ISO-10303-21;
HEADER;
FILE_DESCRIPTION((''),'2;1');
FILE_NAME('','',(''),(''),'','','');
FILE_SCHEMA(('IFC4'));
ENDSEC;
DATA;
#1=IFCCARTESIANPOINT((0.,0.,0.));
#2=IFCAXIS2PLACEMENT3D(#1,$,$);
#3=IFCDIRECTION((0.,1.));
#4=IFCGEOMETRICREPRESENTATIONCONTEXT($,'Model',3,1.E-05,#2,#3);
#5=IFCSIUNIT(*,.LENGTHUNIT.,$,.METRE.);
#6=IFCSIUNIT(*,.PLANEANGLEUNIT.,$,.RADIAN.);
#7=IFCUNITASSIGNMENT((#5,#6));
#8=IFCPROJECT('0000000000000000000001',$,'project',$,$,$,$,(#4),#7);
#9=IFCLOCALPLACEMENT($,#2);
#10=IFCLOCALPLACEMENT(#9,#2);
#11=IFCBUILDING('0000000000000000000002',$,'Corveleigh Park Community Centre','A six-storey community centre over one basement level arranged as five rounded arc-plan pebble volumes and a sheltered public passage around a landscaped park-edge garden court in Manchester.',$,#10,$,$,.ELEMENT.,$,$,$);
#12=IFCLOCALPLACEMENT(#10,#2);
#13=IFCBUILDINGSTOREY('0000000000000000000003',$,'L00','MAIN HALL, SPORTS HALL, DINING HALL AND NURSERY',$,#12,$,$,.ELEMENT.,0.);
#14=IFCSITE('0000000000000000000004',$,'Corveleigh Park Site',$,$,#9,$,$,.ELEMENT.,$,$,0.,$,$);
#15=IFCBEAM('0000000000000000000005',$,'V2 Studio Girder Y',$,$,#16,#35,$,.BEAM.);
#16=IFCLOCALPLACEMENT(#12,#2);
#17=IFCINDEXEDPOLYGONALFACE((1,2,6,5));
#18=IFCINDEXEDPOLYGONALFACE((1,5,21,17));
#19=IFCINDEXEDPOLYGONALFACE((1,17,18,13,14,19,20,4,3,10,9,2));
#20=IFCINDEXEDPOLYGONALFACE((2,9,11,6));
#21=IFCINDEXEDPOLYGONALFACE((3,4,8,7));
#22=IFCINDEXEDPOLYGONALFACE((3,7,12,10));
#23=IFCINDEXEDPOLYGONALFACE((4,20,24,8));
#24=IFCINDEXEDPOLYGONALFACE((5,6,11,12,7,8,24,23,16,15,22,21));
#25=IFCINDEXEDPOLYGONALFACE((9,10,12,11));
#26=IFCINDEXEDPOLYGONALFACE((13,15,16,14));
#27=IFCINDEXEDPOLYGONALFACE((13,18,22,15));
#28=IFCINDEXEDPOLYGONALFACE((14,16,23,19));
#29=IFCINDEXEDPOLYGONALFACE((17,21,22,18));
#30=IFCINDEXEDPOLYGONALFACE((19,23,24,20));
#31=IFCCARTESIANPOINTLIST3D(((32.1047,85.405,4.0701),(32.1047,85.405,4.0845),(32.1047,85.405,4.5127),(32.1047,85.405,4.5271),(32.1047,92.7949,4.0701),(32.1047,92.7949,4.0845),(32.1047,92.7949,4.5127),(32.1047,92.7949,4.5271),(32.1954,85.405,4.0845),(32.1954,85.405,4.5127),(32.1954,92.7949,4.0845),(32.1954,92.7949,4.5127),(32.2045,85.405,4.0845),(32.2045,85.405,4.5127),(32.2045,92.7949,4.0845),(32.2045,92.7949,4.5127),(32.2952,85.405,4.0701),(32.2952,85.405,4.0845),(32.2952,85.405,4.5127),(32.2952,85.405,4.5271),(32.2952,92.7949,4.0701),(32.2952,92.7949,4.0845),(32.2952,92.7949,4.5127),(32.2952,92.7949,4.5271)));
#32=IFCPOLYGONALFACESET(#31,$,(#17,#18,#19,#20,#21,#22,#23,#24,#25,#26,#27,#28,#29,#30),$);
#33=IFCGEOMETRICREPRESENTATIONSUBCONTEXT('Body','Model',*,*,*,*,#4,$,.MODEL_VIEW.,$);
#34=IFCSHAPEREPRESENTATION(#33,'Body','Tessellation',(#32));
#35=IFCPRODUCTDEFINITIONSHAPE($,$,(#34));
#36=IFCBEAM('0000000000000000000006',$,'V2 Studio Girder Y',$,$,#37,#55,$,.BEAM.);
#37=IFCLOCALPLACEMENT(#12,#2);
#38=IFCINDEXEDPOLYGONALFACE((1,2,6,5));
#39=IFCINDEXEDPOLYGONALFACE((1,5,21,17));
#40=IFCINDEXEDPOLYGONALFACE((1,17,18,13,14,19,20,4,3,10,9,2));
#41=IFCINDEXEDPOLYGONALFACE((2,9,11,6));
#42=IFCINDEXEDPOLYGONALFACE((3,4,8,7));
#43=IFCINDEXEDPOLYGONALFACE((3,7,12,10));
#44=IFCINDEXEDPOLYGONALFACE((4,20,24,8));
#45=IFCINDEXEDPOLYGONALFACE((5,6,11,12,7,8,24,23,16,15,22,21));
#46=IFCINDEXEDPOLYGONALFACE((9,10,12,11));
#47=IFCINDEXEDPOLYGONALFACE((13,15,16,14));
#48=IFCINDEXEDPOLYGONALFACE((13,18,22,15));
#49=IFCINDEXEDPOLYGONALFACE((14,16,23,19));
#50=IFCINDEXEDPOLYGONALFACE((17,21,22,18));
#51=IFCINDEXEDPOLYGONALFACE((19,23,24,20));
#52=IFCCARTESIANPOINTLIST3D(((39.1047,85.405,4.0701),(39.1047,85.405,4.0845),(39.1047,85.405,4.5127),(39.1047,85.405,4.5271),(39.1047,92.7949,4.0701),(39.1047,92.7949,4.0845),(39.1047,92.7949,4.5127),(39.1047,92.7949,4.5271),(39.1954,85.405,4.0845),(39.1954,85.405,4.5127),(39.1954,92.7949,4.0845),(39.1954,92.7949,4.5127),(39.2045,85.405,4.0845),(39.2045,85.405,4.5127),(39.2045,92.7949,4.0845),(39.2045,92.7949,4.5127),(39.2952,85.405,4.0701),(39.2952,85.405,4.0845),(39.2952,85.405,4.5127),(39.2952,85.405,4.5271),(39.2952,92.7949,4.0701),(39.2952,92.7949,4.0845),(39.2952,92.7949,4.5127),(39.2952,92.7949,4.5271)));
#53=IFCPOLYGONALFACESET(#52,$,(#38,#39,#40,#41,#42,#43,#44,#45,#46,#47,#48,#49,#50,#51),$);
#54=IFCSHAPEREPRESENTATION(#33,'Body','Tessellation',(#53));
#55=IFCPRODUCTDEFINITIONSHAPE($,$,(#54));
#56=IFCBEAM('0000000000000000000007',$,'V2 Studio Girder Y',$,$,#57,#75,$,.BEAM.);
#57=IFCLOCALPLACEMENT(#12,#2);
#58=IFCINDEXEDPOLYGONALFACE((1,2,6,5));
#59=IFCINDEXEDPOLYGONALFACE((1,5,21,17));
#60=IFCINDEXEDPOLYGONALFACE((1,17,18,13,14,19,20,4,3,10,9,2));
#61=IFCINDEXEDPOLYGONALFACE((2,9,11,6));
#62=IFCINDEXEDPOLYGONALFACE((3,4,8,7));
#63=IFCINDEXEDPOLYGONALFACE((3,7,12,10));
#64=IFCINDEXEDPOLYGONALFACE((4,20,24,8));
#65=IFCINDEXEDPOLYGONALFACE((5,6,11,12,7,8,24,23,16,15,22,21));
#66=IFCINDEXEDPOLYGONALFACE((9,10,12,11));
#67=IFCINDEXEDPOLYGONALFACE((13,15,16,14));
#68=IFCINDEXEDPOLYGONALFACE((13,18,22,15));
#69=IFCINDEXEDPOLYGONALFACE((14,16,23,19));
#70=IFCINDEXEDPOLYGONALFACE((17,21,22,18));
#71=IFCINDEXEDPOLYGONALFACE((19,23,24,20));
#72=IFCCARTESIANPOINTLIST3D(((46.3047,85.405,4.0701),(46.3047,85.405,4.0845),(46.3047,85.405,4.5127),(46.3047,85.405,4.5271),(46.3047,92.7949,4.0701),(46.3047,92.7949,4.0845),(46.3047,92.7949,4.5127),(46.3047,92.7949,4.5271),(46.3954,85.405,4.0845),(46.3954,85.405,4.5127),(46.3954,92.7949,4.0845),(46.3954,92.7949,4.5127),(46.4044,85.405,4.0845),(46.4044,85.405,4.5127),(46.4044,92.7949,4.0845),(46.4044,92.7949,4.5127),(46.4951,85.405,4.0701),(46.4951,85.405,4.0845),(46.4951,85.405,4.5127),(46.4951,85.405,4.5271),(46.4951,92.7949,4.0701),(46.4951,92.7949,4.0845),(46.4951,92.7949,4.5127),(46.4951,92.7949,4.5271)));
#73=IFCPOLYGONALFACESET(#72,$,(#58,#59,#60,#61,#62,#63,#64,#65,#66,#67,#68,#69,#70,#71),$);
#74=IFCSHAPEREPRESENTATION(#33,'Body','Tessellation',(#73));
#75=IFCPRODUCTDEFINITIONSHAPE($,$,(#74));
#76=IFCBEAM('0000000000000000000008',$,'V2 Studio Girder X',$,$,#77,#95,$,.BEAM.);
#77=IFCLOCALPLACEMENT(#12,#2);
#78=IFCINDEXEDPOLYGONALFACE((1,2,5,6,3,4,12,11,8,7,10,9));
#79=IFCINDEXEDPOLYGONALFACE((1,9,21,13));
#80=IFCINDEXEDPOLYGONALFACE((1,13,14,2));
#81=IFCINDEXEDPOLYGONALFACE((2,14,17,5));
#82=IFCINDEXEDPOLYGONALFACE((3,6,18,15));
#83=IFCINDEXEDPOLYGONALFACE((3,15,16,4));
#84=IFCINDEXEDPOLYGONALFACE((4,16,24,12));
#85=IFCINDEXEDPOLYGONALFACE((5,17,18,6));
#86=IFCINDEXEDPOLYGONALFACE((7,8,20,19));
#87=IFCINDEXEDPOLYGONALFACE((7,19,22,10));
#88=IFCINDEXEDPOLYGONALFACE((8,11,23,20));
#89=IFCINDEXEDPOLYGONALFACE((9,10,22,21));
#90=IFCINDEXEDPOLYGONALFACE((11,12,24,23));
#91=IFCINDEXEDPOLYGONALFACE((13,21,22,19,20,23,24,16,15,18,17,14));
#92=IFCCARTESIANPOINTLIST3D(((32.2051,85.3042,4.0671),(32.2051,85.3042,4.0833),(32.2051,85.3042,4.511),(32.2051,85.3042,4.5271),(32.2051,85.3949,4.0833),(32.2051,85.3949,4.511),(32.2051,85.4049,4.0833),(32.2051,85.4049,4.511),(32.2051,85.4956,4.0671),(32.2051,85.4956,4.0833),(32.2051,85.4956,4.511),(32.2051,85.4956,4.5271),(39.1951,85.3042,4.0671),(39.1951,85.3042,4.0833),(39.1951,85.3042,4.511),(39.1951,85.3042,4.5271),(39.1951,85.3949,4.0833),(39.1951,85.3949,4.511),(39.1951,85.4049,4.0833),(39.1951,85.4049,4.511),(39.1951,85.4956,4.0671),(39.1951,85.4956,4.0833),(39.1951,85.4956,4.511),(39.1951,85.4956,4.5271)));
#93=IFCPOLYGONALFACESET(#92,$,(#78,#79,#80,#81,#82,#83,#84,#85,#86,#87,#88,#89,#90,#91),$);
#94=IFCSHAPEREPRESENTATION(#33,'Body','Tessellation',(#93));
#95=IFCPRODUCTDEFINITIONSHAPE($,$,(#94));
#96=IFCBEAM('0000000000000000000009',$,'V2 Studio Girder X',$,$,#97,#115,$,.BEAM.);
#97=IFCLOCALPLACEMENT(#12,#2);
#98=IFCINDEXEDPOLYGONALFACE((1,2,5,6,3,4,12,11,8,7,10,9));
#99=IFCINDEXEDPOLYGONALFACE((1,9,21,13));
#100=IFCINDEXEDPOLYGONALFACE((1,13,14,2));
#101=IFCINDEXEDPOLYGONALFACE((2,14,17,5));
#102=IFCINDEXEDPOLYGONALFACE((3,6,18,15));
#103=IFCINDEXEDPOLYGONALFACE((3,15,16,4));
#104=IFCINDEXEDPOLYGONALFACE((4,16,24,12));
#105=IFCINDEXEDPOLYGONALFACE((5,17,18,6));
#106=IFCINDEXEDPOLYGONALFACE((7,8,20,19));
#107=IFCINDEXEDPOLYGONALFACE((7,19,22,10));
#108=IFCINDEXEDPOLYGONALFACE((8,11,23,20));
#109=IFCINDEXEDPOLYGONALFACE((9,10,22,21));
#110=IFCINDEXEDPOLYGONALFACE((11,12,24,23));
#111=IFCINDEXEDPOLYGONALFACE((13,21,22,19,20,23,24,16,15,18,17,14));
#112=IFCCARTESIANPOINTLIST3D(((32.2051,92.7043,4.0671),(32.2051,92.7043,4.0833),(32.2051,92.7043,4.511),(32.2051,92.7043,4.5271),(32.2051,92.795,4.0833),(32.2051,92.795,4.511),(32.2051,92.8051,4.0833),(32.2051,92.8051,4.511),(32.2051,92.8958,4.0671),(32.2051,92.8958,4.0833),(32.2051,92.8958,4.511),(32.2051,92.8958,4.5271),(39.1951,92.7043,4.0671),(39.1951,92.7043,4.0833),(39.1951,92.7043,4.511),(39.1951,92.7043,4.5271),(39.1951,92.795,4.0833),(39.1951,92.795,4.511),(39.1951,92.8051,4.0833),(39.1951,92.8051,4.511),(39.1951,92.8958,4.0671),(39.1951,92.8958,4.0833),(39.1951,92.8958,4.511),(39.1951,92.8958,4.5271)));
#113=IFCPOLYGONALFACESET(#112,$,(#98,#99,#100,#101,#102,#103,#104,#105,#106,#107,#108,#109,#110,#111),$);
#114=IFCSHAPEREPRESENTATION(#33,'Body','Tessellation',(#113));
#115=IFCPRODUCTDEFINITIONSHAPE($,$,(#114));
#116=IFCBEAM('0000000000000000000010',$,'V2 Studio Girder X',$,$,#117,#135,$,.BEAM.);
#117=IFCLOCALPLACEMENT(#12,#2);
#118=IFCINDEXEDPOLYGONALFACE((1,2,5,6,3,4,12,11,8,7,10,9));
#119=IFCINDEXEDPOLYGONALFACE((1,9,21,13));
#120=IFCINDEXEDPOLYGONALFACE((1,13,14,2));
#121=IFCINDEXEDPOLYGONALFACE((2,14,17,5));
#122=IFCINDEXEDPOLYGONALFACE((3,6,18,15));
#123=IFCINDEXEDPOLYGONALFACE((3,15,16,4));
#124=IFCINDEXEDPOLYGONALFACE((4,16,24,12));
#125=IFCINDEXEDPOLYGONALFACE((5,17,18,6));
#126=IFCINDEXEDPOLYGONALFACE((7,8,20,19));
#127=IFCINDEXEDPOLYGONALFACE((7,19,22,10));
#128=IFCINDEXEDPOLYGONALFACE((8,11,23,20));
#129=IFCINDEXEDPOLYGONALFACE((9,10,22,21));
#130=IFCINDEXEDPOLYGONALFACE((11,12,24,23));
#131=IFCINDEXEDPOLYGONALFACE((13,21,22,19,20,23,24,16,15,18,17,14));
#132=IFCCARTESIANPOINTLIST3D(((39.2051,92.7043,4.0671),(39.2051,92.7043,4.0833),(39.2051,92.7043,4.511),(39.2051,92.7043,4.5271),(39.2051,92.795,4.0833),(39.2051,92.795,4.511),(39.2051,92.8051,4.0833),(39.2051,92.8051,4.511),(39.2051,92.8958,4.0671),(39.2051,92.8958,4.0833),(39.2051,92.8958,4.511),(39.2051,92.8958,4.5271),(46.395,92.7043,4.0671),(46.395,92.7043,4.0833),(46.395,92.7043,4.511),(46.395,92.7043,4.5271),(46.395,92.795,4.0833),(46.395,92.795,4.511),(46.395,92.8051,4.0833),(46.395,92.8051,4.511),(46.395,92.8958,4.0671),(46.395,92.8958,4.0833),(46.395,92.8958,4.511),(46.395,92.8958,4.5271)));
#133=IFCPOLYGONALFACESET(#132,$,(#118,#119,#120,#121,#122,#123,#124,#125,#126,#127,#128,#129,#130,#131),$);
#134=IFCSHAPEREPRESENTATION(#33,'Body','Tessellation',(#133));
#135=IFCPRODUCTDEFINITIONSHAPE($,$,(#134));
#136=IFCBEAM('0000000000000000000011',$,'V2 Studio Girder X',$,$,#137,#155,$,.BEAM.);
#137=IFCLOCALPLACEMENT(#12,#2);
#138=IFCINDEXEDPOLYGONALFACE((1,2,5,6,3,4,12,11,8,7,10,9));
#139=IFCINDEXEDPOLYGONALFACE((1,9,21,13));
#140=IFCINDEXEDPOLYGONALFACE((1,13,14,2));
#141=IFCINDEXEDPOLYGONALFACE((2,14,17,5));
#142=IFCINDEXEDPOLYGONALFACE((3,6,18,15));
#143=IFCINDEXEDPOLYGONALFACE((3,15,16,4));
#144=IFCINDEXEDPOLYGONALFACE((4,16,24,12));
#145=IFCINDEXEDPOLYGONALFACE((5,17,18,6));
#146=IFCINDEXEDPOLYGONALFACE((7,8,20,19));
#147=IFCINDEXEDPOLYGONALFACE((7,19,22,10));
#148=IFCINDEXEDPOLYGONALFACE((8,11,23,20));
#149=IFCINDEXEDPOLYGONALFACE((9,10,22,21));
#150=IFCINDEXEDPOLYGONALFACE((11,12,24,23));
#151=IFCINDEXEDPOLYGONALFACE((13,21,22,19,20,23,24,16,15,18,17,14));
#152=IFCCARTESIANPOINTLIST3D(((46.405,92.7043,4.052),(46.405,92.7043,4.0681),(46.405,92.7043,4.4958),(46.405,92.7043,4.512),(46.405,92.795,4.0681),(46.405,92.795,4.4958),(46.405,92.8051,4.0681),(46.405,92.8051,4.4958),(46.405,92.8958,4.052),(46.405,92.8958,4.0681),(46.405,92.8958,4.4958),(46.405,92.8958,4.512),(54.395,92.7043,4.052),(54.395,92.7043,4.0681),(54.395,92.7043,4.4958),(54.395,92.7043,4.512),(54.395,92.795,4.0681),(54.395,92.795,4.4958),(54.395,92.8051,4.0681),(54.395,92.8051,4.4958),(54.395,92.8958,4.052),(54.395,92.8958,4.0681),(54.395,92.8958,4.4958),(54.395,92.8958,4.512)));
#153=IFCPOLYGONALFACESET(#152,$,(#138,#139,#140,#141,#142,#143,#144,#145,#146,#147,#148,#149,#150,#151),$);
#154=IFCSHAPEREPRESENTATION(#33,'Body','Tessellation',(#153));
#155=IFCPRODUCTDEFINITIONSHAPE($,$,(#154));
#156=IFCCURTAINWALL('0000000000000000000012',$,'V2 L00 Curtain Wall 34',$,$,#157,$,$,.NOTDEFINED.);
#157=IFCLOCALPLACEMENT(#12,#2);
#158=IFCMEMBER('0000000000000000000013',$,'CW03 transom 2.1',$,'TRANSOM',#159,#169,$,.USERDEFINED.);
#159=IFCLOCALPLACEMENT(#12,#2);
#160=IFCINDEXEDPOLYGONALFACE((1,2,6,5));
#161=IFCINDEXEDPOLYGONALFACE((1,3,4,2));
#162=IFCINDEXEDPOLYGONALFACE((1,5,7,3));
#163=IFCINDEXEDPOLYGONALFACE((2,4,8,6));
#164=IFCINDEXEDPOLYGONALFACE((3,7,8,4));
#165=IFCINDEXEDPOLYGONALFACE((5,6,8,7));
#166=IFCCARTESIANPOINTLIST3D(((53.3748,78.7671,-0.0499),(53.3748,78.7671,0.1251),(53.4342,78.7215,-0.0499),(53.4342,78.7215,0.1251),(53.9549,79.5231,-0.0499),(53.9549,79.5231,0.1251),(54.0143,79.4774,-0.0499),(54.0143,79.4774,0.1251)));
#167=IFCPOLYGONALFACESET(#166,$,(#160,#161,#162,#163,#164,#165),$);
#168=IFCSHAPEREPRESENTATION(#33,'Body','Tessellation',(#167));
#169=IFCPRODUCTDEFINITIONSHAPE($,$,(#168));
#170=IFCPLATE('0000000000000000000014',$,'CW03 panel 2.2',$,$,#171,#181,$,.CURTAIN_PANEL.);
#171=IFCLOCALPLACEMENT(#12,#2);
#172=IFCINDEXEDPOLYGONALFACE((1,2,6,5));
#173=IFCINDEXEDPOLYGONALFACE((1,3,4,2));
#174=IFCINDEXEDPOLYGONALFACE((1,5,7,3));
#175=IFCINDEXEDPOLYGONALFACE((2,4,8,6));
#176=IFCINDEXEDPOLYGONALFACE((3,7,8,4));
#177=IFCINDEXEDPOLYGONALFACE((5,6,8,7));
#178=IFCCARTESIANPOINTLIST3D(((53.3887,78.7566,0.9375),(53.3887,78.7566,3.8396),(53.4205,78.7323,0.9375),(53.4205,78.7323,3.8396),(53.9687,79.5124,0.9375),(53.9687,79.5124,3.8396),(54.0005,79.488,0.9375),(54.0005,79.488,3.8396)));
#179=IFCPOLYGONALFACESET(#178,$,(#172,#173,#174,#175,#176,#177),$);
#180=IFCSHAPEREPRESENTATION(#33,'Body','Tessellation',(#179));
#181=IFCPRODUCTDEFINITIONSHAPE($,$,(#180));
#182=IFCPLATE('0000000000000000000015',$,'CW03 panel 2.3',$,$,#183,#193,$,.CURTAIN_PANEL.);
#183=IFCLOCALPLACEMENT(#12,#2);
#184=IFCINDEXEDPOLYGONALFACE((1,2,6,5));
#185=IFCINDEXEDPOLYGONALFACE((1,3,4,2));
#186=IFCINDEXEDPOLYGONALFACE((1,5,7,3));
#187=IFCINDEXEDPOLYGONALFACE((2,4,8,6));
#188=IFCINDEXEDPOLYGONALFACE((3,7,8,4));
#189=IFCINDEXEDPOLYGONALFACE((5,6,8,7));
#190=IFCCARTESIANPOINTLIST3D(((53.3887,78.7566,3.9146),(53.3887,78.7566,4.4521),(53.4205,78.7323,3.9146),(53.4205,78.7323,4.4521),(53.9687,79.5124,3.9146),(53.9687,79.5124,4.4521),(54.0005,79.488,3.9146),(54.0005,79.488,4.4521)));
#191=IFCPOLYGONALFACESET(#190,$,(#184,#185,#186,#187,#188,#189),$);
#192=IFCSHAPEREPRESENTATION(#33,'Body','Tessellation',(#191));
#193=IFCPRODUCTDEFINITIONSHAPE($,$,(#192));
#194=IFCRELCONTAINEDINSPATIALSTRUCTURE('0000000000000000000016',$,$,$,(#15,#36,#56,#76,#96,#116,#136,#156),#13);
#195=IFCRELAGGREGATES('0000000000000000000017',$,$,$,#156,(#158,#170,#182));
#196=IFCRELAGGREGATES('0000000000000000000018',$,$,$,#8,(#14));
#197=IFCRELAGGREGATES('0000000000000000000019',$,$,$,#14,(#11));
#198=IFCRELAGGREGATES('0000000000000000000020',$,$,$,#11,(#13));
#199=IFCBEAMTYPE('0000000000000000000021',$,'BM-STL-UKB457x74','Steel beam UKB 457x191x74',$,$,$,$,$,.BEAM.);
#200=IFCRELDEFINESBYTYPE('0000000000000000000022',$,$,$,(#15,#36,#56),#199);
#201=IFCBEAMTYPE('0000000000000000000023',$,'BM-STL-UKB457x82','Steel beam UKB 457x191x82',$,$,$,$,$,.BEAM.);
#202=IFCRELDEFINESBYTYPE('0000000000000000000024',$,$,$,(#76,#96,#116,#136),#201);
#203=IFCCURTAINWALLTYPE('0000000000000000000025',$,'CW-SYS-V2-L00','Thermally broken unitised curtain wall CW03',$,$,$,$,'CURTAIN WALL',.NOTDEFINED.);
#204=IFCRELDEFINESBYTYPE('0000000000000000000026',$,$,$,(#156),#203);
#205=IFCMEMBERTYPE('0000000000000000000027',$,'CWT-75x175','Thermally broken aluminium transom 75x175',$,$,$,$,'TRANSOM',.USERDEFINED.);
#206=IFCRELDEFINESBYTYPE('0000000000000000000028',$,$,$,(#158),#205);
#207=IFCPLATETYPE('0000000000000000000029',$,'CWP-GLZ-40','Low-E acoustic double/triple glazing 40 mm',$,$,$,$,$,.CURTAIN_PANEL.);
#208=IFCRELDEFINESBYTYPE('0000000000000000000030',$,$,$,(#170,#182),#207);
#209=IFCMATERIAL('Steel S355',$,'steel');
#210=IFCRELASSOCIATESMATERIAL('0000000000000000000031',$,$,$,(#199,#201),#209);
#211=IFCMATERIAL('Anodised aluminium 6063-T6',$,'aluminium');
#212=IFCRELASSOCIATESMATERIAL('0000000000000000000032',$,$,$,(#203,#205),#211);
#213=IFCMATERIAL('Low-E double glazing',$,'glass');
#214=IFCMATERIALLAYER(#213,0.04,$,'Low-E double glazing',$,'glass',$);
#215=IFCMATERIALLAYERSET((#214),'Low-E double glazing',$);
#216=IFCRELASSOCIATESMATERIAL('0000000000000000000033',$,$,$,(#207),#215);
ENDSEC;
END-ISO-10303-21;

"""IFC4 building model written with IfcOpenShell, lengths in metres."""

from ifc_helpers import new_model, si_unit, direction, frame, origin, origin_2d, place, context, subcontext, project, spatial, rectangle, i_section, extrude, material, layer, layer_set, material_profile, profile_set, type_object, element, aggregate, save


model = new_model("IFC4")

# Units and contexts
model_context = context("Model", 3, precision=1e-05, world=origin(), true_north=direction((0.0, 1.0)))
body_context = subcontext(model_context, "Body", "Model", "MODEL_VIEW")
ifc_project = project(units=[si_unit("LENGTHUNIT", "METRE"), si_unit("PLANEANGLEUNIT", "RADIAN")], contexts=[model_context])

# Site, building, storey
site_placement = place(None, origin())
site = spatial("IfcSite", under=ifc_project, at=site_placement, Name="Corveleigh Park Site", CompositionType="ELEMENT", RefElevation=0.0)
building_placement = place(site_placement, origin())
building = spatial("IfcBuilding", under=site, at=building_placement, Name="Corveleigh Park Community Centre", Description="A six-storey community centre over one basement level arranged as five rounded arc-plan pebble volumes and a sheltered public passage around a landscaped park-edge garden court in Manchester.", CompositionType="ELEMENT")
storey_placement = place(building_placement, origin())
storey = spatial("IfcBuildingStorey", under=building, at=storey_placement, Name="L00", Description="MAIN HALL, SPORTS HALL, DINING HALL AND NURSERY", CompositionType="ELEMENT", Elevation=0.0)

# Shared definitions
ifc_material_1 = material(Name="Steel S355", Category="steel")

# Beams
ifc_material_profile_1 = material_profile(ifc_material_1, i_section(OverallWidth=0.1904, OverallDepth=0.457, WebThickness=0.009, FlangeThickness=0.0144, at=origin_2d()), Name="UKB 457x191x74", Category="steel")
ifc_profile_set_1 = profile_set([ifc_material_profile_1], Name="Steel S355")
beam_type_1 = type_object("IfcBeamType", Name="BM-STL-UKB457x74", Description="Steel beam UKB 457x191x74", PredefinedType="BEAM", material=ifc_profile_set_1)
for number, where, z_axis, x_axis, name in (
    (1, (32.2, 85.405, 4.2986), (0.0, 1.0, 0.0), (-1.0, 0.0, 0.0), "V2 Studio Girder Y"),
    (2, (39.2, 85.405, 4.2986), (0.0, 1.0, 0.0), (-1.0, 0.0, 0.0), "V2 Studio Girder Y"),
    (3, (46.3999, 85.405, 4.2986), (0.0, 1.0, 0.0), (-1.0, 0.0, 0.0), "V2 Studio Girder Y"),
):
    element("IfcBeam", number, at=place(storey_placement, frame(where, z_axis=z_axis, x_axis=x_axis)), inside=storey, type_object=beam_type_1, Name=name, PredefinedType="BEAM", context=body_context, shape_type="SweptSolid", body=[
        extrude(i_section(OverallWidth=0.1904, OverallDepth=0.457, WebThickness=0.009, FlangeThickness=0.0144, at=origin_2d()), origin(), (0.0, 0.0, 1.0), 7.3899),
    ])
ifc_material_profile_2 = material_profile(ifc_material_1, i_section(OverallWidth=0.1914, OverallDepth=0.46, WebThickness=0.01, FlangeThickness=0.0161, at=origin_2d()), Name="UKB 457x191x82", Category="steel")
ifc_profile_set_2 = profile_set([ifc_material_profile_2], Name="Steel S355")
beam_type_2 = type_object("IfcBeamType", Name="BM-STL-UKB457x82", Description="Steel beam UKB 457x191x82", PredefinedType="BEAM", material=ifc_profile_set_2)
for number, where, z_axis, x_axis, name in (
    (4, (32.2051, 85.3999, 4.2971), (1.0, 0.0, 0.0), (0.0, 1.0, 0.0), "V2 Studio Girder X"),
    (5, (32.2051, 92.8, 4.2971), (1.0, 0.0, 0.0), (0.0, 1.0, 0.0), "V2 Studio Girder X"),
):
    element("IfcBeam", number, at=place(storey_placement, frame(where, z_axis=z_axis, x_axis=x_axis)), inside=storey, type_object=beam_type_2, Name=name, PredefinedType="BEAM", context=body_context, shape_type="SweptSolid", body=[
        extrude(i_section(OverallWidth=0.1914, OverallDepth=0.46, WebThickness=0.01, FlangeThickness=0.0161, at=origin_2d()), origin(), (0.0, 0.0, 1.0), 6.99),
    ])
beam_1_placement = place(storey_placement, frame((39.2051, 92.8, 4.2971), z_axis=(1.0, 0.0, 0.0), x_axis=(0.0, 1.0, 0.0)))
element("IfcBeam", 6, at=beam_1_placement, inside=storey, type_object=beam_type_2, Name="V2 Studio Girder X", PredefinedType="BEAM", context=body_context, shape_type="SweptSolid", body=[
    extrude(i_section(OverallWidth=0.1914, OverallDepth=0.46, WebThickness=0.01, FlangeThickness=0.0161, at=origin_2d()), origin(), (0.0, 0.0, 1.0), 7.1899),
])
beam_2_placement = place(storey_placement, frame((46.405, 92.8, 4.282), z_axis=(1.0, 0.0, 0.0), x_axis=(0.0, 1.0, 0.0)))
element("IfcBeam", 7, at=beam_2_placement, inside=storey, type_object=beam_type_2, Name="V2 Studio Girder X", PredefinedType="BEAM", context=body_context, shape_type="SweptSolid", body=[
    extrude(i_section(OverallWidth=0.1914, OverallDepth=0.46, WebThickness=0.01, FlangeThickness=0.0161, at=origin_2d()), origin(), (0.0, 0.0, 1.0), 7.99),
])

# Curtain wall, member, plates
ifc_material_2 = material(Name="Anodised aluminium 6063-T6", Category="aluminium")
curtain_wall_type = type_object("IfcCurtainWallType", Name="CW-SYS-V2-L00", Description="Thermally broken unitised curtain wall CW03", ElementType="CURTAIN WALL", PredefinedType="NOTDEFINED", material=ifc_material_2)
curtain_wall_placement = place(storey_placement, origin())
curtain_wall = element("IfcCurtainWall", 8, at=curtain_wall_placement, inside=storey, type_object=curtain_wall_type, Name="V2 L00 Curtain Wall 34", PredefinedType="NOTDEFINED")
ifc_material_profile_3 = material_profile(ifc_material_2, rectangle(XDim=0.075, YDim=0.175, at=origin_2d()), Name="ALU-T75x175", Category="aluminium")
ifc_profile_set_3 = profile_set([ifc_material_profile_3], Name="Anodised aluminium 6063-T6")
member_type = type_object("IfcMemberType", Name="CWT-75x175", Description="Thermally broken aluminium transom 75x175", ElementType="TRANSOM", PredefinedType="USERDEFINED", material=ifc_profile_set_3)
member_placement = place(storey_placement, frame((53.9846, 79.5002, 0.0376), z_axis=(-0.608819, -0.793309, 0.0), x_axis=(0.793309, -0.608819, 0.0)))
member = element("IfcMember", 9, at=member_placement, type_object=member_type, Name="CW03 transom 2.1", ObjectType="TRANSOM", PredefinedType="USERDEFINED", context=body_context, shape_type="SweptSolid", body=[
    extrude(rectangle(XDim=0.075, YDim=0.175, at=origin_2d()), origin(), (0.0, 0.0, 1.0), 0.9529),
])
ifc_material_3 = material(Name="Low-E double glazing", Category="glass")
ifc_layer_1 = layer(ifc_material_3, 0.04, Name="Low-E double glazing", Category="glass")
ifc_layer_set_1 = layer_set([ifc_layer_1], Name="Low-E double glazing")
plate_type = type_object("IfcPlateType", Name="CWP-GLZ-40", Description="Low-E acoustic double/triple glazing 40 mm", PredefinedType="CURTAIN_PANEL", material=ifc_layer_set_1)
plate_1_placement = place(storey_placement, frame((53.6946, 79.1223, 0.9375), z_axis=(0.0, 0.0, 1.0), x_axis=(-0.608826, -0.793304, 0.0)))
plate_1 = element("IfcPlate", 10, at=plate_1_placement, type_object=plate_type, Name="CW03 panel 2.2", PredefinedType="CURTAIN_PANEL", context=body_context, shape_type="SweptSolid", body=[
    extrude(rectangle(XDim=0.9526, YDim=0.04, at=origin_2d()), origin(), (0.0, 0.0, 1.0), 2.9021),
])
plate_2_placement = place(storey_placement, frame((53.6946, 79.1223, 3.9146), z_axis=(0.0, 0.0, 1.0), x_axis=(-0.608826, -0.793304, 0.0)))
plate_2 = element("IfcPlate", 11, at=plate_2_placement, type_object=plate_type, Name="CW03 panel 2.3", PredefinedType="CURTAIN_PANEL", context=body_context, shape_type="SweptSolid", body=[
    extrude(rectangle(XDim=0.9526, YDim=0.04, at=origin_2d()), origin(), (0.0, 0.0, 1.0), 0.5376),
])
aggregate(curtain_wall, [member, plate_1, plate_2])

save(model, "model.ifc")
